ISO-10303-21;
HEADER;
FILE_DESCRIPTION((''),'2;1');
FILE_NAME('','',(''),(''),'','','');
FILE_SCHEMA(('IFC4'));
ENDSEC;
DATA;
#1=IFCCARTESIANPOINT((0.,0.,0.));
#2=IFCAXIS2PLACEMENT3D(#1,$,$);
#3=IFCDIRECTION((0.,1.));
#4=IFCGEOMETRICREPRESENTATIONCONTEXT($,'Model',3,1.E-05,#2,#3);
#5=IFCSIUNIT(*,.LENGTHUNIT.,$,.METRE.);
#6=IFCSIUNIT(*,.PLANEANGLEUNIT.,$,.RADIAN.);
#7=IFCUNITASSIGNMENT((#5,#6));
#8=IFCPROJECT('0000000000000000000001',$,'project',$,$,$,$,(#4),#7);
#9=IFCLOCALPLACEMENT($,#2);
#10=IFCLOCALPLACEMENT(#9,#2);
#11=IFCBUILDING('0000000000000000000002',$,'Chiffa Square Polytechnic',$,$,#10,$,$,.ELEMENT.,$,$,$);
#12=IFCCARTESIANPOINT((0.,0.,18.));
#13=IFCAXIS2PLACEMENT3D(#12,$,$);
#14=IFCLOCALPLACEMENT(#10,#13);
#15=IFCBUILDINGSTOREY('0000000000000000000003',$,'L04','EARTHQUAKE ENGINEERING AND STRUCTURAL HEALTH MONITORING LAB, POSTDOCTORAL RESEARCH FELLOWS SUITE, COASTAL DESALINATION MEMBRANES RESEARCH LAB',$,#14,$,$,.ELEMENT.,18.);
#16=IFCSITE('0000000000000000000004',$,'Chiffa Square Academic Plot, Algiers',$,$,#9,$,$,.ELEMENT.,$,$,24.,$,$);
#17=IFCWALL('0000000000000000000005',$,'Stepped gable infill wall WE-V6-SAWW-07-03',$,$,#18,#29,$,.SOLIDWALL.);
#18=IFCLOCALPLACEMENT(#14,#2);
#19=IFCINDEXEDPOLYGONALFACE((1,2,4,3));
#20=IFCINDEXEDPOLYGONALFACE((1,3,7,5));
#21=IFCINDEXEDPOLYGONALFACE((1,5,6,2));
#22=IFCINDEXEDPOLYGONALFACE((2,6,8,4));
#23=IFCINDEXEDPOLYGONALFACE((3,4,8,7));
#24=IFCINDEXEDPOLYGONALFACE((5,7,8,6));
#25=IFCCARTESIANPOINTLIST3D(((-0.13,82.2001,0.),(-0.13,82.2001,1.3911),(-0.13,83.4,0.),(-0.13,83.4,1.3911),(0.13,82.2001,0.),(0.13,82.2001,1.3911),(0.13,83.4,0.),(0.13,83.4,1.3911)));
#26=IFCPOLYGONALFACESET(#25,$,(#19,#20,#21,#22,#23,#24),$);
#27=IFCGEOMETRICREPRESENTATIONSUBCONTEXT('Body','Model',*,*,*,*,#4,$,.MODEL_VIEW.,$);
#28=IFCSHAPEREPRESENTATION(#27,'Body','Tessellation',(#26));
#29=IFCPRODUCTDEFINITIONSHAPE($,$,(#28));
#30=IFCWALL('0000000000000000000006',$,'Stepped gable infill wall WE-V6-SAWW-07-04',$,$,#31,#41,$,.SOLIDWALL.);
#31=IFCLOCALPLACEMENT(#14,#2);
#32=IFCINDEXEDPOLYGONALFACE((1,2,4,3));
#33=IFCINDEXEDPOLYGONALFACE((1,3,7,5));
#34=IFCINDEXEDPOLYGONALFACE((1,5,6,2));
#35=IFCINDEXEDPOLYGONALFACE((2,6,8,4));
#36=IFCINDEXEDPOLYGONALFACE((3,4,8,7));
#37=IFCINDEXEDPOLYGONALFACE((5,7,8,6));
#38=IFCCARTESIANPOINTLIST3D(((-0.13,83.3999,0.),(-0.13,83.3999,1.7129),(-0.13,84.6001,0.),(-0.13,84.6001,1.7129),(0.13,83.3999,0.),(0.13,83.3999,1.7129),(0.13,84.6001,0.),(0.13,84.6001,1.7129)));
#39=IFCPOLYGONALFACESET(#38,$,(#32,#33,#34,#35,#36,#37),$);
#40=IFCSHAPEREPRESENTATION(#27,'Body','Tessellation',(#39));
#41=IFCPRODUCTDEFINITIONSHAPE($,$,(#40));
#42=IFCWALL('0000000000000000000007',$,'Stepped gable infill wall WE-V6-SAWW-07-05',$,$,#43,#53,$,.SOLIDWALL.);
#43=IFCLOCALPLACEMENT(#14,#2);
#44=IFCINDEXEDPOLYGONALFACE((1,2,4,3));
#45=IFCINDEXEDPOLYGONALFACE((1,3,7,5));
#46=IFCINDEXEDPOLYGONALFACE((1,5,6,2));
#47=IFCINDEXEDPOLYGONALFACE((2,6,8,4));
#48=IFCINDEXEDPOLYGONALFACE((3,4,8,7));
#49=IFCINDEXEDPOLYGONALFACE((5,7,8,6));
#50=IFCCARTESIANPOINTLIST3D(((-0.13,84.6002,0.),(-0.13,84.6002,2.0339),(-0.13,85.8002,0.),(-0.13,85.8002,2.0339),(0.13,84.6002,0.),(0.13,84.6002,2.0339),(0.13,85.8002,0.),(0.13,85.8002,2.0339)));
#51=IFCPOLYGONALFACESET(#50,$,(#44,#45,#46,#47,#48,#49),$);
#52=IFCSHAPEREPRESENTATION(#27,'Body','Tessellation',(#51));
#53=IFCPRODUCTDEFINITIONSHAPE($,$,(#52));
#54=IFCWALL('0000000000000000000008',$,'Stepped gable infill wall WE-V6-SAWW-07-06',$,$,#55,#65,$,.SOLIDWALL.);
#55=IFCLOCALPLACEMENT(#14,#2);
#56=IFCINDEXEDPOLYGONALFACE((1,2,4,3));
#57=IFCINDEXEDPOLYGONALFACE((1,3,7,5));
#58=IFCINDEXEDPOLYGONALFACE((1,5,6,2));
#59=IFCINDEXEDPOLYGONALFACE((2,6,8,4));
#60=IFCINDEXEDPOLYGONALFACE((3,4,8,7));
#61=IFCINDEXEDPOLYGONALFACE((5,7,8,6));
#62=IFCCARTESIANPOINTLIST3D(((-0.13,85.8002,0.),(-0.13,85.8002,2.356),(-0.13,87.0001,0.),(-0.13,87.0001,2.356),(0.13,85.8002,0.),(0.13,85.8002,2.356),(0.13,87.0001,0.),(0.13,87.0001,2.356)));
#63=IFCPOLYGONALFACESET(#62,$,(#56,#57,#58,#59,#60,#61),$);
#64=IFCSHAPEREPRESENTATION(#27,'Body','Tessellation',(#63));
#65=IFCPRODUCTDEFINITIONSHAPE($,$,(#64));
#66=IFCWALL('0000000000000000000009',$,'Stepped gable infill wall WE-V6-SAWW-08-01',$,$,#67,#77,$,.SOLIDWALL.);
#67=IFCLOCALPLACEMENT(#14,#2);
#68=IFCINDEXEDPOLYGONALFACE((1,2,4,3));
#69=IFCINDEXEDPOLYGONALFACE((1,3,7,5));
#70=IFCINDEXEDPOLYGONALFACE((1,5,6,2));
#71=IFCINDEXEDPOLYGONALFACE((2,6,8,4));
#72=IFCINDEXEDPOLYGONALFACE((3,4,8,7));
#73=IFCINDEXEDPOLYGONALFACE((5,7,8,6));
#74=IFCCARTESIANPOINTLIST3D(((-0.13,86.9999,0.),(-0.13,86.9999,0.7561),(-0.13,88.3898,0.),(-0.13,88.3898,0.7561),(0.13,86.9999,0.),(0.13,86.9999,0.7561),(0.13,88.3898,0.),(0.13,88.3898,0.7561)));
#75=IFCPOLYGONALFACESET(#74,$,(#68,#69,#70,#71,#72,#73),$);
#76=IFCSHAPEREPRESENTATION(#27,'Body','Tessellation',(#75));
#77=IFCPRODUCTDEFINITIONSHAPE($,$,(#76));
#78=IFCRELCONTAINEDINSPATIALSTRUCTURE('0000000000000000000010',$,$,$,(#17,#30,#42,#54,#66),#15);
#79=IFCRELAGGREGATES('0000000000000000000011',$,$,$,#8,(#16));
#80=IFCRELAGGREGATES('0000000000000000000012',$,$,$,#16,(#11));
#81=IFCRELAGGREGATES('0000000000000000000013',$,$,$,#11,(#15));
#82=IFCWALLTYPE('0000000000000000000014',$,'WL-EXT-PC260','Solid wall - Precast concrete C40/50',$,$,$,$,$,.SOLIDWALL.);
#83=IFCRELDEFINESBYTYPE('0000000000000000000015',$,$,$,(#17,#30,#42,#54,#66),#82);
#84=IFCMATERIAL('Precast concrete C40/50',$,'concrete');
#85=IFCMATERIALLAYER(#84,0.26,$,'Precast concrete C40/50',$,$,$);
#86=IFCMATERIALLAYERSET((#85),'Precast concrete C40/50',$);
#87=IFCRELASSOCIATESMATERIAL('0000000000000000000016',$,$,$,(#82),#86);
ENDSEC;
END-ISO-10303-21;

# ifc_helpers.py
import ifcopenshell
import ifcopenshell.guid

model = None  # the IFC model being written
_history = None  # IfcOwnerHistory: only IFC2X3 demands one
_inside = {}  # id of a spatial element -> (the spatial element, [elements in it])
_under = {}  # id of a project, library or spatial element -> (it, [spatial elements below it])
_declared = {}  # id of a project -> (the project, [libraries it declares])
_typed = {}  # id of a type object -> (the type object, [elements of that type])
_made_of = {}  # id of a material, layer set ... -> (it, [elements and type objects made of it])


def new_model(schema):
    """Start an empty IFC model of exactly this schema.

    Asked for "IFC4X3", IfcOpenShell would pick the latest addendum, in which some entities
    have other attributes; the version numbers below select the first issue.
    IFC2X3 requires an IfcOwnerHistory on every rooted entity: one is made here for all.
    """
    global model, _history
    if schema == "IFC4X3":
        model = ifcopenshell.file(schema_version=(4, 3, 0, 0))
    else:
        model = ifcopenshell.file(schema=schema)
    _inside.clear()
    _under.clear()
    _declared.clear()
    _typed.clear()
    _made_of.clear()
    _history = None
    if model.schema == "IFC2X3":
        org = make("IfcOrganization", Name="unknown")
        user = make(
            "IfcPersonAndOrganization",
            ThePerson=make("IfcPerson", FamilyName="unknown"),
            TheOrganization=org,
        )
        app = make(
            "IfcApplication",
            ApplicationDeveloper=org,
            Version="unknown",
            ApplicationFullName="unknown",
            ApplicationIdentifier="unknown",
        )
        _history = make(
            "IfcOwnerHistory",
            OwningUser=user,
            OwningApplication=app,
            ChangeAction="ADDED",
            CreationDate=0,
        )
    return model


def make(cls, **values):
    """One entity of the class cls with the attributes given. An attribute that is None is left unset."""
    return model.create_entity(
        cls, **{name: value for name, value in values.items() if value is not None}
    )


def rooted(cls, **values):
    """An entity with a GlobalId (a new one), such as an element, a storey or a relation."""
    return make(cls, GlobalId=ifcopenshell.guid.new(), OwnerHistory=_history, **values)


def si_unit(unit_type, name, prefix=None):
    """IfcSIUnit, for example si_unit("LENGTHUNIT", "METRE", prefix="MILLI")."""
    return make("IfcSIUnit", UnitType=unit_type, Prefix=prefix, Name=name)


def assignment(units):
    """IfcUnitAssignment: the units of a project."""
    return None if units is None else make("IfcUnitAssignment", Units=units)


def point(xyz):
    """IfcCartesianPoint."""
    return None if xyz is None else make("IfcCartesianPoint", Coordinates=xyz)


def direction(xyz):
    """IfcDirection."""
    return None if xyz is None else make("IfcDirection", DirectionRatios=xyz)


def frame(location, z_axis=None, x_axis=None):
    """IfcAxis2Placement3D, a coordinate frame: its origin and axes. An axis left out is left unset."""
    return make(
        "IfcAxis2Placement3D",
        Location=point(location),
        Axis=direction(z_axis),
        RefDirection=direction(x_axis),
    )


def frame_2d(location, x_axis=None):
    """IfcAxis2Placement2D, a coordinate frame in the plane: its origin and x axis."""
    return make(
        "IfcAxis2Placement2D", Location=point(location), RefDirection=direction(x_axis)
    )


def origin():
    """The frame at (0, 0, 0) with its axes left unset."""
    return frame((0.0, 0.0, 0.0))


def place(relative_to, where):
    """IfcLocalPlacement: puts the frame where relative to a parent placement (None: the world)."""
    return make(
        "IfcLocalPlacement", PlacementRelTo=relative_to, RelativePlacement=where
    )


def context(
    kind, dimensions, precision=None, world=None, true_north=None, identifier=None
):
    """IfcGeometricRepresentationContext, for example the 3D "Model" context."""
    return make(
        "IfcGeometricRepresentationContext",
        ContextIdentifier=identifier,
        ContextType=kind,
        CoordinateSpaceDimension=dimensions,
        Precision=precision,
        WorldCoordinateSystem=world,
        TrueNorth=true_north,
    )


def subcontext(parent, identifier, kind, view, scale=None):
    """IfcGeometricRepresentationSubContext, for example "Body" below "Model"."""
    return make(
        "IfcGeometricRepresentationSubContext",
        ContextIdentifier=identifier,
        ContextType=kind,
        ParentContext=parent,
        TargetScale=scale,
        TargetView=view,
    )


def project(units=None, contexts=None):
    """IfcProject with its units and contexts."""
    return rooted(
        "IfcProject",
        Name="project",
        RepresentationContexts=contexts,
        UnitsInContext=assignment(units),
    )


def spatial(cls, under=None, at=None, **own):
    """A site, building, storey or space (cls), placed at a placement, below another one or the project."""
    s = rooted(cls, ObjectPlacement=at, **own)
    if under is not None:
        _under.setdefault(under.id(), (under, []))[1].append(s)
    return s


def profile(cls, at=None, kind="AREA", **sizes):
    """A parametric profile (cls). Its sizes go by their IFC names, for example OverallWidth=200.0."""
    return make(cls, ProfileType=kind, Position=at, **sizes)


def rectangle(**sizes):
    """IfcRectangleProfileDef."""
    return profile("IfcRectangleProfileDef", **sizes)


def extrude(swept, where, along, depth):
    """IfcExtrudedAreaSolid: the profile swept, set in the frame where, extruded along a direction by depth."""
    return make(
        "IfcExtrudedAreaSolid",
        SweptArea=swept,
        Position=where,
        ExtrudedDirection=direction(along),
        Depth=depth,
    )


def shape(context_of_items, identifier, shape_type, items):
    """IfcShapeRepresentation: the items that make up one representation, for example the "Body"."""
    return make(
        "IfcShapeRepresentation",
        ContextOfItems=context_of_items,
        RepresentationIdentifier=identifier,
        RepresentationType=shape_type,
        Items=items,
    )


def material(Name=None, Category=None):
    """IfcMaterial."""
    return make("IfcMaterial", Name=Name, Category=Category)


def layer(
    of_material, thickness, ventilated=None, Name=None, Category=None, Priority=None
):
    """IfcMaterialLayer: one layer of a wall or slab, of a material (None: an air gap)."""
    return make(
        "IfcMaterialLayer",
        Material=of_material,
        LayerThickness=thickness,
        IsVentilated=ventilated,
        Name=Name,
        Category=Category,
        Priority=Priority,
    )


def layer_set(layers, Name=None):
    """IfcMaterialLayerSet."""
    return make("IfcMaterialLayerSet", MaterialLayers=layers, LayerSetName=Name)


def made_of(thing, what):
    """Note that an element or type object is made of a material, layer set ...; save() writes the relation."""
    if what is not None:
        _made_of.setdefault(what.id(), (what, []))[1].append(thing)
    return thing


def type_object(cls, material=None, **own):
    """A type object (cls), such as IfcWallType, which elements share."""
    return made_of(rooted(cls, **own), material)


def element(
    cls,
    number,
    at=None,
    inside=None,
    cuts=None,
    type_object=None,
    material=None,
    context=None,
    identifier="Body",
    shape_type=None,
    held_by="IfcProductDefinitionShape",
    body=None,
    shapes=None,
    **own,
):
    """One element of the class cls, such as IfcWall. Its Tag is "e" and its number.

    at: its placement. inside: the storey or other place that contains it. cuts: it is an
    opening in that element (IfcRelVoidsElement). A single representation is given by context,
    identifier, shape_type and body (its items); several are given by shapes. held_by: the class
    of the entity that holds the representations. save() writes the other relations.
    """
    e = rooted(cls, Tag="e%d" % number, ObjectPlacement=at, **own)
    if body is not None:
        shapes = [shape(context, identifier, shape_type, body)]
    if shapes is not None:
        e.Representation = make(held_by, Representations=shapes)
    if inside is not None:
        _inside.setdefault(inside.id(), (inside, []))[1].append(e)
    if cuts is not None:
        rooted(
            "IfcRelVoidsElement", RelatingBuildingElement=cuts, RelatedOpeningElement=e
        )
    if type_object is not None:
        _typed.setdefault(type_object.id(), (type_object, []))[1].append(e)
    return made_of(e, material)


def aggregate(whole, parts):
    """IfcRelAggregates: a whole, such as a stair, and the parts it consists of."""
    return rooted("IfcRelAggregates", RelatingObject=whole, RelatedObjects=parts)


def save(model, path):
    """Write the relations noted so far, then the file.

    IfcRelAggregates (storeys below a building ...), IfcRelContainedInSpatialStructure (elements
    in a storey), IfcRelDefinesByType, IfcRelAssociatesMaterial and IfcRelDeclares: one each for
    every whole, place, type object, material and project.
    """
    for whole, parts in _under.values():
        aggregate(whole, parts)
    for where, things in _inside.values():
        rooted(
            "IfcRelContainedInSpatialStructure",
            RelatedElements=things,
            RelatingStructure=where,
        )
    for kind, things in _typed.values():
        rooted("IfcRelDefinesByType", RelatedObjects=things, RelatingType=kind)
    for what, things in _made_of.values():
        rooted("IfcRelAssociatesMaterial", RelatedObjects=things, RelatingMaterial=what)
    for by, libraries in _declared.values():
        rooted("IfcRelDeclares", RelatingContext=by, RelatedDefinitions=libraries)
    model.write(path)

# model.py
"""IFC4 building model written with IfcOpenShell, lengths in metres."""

from ifc_helpers import new_model, si_unit, direction, frame, frame_2d, origin, place, context, subcontext, project, spatial, rectangle, extrude, material, layer, layer_set, type_object, element, save


model = new_model("IFC4")

# Units and contexts
model_context = context("Model", 3, precision=1e-05, world=origin(), true_north=direction((0.0, 1.0)))
body_context = subcontext(model_context, "Body", "Model", "MODEL_VIEW")
ifc_project = project(units=[si_unit("LENGTHUNIT", "METRE"), si_unit("PLANEANGLEUNIT", "RADIAN")], contexts=[model_context])

# Site, building, storey
site_placement = place(None, origin())
site = spatial("IfcSite", under=ifc_project, at=site_placement, Name="Chiffa Square Academic Plot, Algiers", CompositionType="ELEMENT", RefElevation=24.0)
building_placement = place(site_placement, origin())
building = spatial("IfcBuilding", under=site, at=building_placement, Name="Chiffa Square Polytechnic", CompositionType="ELEMENT")
storey_placement = place(building_placement, frame((0.0, 0.0, 18.0)))
storey = spatial("IfcBuildingStorey", under=building, at=storey_placement, Name="L04", Description="EARTHQUAKE ENGINEERING AND STRUCTURAL HEALTH MONITORING LAB, POSTDOCTORAL RESEARCH FELLOWS SUITE, COASTAL DESALINATION MEMBRANES RESEARCH LAB", CompositionType="ELEMENT", Elevation=18.0)

# Walls
ifc_material_1 = material(Name="Precast concrete C40/50", Category="concrete")
ifc_layer_1 = layer(ifc_material_1, 0.26, Name="Precast concrete C40/50")
ifc_layer_set_1 = layer_set([ifc_layer_1], Name="Precast concrete C40/50")
wall_type = type_object("IfcWallType", Name="WL-EXT-PC260", Description="Solid wall - Precast concrete C40/50", PredefinedType="SOLIDWALL", material=ifc_layer_set_1)
wall_1_placement = place(storey_placement, frame((0.0, 82.2, 0.0), z_axis=(0.0, 0.0, 1.0), x_axis=(0.0, 1.0, 0.0)))
element("IfcWall", 1, at=wall_1_placement, inside=storey, type_object=wall_type, Name="Stepped gable infill wall WE-V6-SAWW-07-03", PredefinedType="SOLIDWALL", context=body_context, shape_type="SweptSolid", body=[
    extrude(rectangle(XDim=1.2, YDim=0.26, at=frame_2d((0.6001, 0.0))), origin(), (0.0, 0.0, 1.0), 1.3911),
])
wall_2_placement = place(storey_placement, frame((0.0, 83.3999, 0.0), z_axis=(0.0, 0.0, 1.0), x_axis=(0.0, 1.0, 0.0)))
element("IfcWall", 2, at=wall_2_placement, inside=storey, type_object=wall_type, Name="Stepped gable infill wall WE-V6-SAWW-07-04", PredefinedType="SOLIDWALL", context=body_context, shape_type="SweptSolid", body=[
    extrude(rectangle(XDim=1.2002, YDim=0.26, at=frame_2d((0.6001, 0.0))), origin(), (0.0, 0.0, 1.0), 1.7129),
])
wall_3_placement = place(storey_placement, frame((0.0, 84.6001, 0.0), z_axis=(0.0, 0.0, 1.0), x_axis=(0.0, 1.0, 0.0)))
element("IfcWall", 3, at=wall_3_placement, inside=storey, type_object=wall_type, Name="Stepped gable infill wall WE-V6-SAWW-07-05", PredefinedType="SOLIDWALL", context=body_context, shape_type="SweptSolid", body=[
    extrude(rectangle(XDim=1.2, YDim=0.26, at=frame_2d((0.6001, 0.0))), origin(), (0.0, 0.0, 1.0), 2.0339),
])
wall_4_placement = place(storey_placement, frame((0.0, 85.8, 0.0), z_axis=(0.0, 0.0, 1.0), x_axis=(0.0, 1.0, 0.0)))
element("IfcWall", 4, at=wall_4_placement, inside=storey, type_object=wall_type, Name="Stepped gable infill wall WE-V6-SAWW-07-06", PredefinedType="SOLIDWALL", context=body_context, shape_type="SweptSolid", body=[
    extrude(rectangle(XDim=1.2, YDim=0.26, at=frame_2d((0.6001, 0.0))), origin(), (0.0, 0.0, 1.0), 2.356),
])
wall_5_placement = place(storey_placement, frame((0.0, 87.0, 0.0), z_axis=(0.0, 0.0, 1.0), x_axis=(0.0, 1.0, 0.0)))
element("IfcWall", 5, at=wall_5_placement, inside=storey, type_object=wall_type, Name="Stepped gable infill wall WE-V6-SAWW-08-01", PredefinedType="SOLIDWALL", context=body_context, shape_type="SweptSolid", body=[
    extrude(rectangle(XDim=1.3899, YDim=0.26, at=frame_2d((0.6948, 0.0))), origin(), (0.0, 0.0, 1.0), 0.7561),
])

save(model, "model.ifc")
